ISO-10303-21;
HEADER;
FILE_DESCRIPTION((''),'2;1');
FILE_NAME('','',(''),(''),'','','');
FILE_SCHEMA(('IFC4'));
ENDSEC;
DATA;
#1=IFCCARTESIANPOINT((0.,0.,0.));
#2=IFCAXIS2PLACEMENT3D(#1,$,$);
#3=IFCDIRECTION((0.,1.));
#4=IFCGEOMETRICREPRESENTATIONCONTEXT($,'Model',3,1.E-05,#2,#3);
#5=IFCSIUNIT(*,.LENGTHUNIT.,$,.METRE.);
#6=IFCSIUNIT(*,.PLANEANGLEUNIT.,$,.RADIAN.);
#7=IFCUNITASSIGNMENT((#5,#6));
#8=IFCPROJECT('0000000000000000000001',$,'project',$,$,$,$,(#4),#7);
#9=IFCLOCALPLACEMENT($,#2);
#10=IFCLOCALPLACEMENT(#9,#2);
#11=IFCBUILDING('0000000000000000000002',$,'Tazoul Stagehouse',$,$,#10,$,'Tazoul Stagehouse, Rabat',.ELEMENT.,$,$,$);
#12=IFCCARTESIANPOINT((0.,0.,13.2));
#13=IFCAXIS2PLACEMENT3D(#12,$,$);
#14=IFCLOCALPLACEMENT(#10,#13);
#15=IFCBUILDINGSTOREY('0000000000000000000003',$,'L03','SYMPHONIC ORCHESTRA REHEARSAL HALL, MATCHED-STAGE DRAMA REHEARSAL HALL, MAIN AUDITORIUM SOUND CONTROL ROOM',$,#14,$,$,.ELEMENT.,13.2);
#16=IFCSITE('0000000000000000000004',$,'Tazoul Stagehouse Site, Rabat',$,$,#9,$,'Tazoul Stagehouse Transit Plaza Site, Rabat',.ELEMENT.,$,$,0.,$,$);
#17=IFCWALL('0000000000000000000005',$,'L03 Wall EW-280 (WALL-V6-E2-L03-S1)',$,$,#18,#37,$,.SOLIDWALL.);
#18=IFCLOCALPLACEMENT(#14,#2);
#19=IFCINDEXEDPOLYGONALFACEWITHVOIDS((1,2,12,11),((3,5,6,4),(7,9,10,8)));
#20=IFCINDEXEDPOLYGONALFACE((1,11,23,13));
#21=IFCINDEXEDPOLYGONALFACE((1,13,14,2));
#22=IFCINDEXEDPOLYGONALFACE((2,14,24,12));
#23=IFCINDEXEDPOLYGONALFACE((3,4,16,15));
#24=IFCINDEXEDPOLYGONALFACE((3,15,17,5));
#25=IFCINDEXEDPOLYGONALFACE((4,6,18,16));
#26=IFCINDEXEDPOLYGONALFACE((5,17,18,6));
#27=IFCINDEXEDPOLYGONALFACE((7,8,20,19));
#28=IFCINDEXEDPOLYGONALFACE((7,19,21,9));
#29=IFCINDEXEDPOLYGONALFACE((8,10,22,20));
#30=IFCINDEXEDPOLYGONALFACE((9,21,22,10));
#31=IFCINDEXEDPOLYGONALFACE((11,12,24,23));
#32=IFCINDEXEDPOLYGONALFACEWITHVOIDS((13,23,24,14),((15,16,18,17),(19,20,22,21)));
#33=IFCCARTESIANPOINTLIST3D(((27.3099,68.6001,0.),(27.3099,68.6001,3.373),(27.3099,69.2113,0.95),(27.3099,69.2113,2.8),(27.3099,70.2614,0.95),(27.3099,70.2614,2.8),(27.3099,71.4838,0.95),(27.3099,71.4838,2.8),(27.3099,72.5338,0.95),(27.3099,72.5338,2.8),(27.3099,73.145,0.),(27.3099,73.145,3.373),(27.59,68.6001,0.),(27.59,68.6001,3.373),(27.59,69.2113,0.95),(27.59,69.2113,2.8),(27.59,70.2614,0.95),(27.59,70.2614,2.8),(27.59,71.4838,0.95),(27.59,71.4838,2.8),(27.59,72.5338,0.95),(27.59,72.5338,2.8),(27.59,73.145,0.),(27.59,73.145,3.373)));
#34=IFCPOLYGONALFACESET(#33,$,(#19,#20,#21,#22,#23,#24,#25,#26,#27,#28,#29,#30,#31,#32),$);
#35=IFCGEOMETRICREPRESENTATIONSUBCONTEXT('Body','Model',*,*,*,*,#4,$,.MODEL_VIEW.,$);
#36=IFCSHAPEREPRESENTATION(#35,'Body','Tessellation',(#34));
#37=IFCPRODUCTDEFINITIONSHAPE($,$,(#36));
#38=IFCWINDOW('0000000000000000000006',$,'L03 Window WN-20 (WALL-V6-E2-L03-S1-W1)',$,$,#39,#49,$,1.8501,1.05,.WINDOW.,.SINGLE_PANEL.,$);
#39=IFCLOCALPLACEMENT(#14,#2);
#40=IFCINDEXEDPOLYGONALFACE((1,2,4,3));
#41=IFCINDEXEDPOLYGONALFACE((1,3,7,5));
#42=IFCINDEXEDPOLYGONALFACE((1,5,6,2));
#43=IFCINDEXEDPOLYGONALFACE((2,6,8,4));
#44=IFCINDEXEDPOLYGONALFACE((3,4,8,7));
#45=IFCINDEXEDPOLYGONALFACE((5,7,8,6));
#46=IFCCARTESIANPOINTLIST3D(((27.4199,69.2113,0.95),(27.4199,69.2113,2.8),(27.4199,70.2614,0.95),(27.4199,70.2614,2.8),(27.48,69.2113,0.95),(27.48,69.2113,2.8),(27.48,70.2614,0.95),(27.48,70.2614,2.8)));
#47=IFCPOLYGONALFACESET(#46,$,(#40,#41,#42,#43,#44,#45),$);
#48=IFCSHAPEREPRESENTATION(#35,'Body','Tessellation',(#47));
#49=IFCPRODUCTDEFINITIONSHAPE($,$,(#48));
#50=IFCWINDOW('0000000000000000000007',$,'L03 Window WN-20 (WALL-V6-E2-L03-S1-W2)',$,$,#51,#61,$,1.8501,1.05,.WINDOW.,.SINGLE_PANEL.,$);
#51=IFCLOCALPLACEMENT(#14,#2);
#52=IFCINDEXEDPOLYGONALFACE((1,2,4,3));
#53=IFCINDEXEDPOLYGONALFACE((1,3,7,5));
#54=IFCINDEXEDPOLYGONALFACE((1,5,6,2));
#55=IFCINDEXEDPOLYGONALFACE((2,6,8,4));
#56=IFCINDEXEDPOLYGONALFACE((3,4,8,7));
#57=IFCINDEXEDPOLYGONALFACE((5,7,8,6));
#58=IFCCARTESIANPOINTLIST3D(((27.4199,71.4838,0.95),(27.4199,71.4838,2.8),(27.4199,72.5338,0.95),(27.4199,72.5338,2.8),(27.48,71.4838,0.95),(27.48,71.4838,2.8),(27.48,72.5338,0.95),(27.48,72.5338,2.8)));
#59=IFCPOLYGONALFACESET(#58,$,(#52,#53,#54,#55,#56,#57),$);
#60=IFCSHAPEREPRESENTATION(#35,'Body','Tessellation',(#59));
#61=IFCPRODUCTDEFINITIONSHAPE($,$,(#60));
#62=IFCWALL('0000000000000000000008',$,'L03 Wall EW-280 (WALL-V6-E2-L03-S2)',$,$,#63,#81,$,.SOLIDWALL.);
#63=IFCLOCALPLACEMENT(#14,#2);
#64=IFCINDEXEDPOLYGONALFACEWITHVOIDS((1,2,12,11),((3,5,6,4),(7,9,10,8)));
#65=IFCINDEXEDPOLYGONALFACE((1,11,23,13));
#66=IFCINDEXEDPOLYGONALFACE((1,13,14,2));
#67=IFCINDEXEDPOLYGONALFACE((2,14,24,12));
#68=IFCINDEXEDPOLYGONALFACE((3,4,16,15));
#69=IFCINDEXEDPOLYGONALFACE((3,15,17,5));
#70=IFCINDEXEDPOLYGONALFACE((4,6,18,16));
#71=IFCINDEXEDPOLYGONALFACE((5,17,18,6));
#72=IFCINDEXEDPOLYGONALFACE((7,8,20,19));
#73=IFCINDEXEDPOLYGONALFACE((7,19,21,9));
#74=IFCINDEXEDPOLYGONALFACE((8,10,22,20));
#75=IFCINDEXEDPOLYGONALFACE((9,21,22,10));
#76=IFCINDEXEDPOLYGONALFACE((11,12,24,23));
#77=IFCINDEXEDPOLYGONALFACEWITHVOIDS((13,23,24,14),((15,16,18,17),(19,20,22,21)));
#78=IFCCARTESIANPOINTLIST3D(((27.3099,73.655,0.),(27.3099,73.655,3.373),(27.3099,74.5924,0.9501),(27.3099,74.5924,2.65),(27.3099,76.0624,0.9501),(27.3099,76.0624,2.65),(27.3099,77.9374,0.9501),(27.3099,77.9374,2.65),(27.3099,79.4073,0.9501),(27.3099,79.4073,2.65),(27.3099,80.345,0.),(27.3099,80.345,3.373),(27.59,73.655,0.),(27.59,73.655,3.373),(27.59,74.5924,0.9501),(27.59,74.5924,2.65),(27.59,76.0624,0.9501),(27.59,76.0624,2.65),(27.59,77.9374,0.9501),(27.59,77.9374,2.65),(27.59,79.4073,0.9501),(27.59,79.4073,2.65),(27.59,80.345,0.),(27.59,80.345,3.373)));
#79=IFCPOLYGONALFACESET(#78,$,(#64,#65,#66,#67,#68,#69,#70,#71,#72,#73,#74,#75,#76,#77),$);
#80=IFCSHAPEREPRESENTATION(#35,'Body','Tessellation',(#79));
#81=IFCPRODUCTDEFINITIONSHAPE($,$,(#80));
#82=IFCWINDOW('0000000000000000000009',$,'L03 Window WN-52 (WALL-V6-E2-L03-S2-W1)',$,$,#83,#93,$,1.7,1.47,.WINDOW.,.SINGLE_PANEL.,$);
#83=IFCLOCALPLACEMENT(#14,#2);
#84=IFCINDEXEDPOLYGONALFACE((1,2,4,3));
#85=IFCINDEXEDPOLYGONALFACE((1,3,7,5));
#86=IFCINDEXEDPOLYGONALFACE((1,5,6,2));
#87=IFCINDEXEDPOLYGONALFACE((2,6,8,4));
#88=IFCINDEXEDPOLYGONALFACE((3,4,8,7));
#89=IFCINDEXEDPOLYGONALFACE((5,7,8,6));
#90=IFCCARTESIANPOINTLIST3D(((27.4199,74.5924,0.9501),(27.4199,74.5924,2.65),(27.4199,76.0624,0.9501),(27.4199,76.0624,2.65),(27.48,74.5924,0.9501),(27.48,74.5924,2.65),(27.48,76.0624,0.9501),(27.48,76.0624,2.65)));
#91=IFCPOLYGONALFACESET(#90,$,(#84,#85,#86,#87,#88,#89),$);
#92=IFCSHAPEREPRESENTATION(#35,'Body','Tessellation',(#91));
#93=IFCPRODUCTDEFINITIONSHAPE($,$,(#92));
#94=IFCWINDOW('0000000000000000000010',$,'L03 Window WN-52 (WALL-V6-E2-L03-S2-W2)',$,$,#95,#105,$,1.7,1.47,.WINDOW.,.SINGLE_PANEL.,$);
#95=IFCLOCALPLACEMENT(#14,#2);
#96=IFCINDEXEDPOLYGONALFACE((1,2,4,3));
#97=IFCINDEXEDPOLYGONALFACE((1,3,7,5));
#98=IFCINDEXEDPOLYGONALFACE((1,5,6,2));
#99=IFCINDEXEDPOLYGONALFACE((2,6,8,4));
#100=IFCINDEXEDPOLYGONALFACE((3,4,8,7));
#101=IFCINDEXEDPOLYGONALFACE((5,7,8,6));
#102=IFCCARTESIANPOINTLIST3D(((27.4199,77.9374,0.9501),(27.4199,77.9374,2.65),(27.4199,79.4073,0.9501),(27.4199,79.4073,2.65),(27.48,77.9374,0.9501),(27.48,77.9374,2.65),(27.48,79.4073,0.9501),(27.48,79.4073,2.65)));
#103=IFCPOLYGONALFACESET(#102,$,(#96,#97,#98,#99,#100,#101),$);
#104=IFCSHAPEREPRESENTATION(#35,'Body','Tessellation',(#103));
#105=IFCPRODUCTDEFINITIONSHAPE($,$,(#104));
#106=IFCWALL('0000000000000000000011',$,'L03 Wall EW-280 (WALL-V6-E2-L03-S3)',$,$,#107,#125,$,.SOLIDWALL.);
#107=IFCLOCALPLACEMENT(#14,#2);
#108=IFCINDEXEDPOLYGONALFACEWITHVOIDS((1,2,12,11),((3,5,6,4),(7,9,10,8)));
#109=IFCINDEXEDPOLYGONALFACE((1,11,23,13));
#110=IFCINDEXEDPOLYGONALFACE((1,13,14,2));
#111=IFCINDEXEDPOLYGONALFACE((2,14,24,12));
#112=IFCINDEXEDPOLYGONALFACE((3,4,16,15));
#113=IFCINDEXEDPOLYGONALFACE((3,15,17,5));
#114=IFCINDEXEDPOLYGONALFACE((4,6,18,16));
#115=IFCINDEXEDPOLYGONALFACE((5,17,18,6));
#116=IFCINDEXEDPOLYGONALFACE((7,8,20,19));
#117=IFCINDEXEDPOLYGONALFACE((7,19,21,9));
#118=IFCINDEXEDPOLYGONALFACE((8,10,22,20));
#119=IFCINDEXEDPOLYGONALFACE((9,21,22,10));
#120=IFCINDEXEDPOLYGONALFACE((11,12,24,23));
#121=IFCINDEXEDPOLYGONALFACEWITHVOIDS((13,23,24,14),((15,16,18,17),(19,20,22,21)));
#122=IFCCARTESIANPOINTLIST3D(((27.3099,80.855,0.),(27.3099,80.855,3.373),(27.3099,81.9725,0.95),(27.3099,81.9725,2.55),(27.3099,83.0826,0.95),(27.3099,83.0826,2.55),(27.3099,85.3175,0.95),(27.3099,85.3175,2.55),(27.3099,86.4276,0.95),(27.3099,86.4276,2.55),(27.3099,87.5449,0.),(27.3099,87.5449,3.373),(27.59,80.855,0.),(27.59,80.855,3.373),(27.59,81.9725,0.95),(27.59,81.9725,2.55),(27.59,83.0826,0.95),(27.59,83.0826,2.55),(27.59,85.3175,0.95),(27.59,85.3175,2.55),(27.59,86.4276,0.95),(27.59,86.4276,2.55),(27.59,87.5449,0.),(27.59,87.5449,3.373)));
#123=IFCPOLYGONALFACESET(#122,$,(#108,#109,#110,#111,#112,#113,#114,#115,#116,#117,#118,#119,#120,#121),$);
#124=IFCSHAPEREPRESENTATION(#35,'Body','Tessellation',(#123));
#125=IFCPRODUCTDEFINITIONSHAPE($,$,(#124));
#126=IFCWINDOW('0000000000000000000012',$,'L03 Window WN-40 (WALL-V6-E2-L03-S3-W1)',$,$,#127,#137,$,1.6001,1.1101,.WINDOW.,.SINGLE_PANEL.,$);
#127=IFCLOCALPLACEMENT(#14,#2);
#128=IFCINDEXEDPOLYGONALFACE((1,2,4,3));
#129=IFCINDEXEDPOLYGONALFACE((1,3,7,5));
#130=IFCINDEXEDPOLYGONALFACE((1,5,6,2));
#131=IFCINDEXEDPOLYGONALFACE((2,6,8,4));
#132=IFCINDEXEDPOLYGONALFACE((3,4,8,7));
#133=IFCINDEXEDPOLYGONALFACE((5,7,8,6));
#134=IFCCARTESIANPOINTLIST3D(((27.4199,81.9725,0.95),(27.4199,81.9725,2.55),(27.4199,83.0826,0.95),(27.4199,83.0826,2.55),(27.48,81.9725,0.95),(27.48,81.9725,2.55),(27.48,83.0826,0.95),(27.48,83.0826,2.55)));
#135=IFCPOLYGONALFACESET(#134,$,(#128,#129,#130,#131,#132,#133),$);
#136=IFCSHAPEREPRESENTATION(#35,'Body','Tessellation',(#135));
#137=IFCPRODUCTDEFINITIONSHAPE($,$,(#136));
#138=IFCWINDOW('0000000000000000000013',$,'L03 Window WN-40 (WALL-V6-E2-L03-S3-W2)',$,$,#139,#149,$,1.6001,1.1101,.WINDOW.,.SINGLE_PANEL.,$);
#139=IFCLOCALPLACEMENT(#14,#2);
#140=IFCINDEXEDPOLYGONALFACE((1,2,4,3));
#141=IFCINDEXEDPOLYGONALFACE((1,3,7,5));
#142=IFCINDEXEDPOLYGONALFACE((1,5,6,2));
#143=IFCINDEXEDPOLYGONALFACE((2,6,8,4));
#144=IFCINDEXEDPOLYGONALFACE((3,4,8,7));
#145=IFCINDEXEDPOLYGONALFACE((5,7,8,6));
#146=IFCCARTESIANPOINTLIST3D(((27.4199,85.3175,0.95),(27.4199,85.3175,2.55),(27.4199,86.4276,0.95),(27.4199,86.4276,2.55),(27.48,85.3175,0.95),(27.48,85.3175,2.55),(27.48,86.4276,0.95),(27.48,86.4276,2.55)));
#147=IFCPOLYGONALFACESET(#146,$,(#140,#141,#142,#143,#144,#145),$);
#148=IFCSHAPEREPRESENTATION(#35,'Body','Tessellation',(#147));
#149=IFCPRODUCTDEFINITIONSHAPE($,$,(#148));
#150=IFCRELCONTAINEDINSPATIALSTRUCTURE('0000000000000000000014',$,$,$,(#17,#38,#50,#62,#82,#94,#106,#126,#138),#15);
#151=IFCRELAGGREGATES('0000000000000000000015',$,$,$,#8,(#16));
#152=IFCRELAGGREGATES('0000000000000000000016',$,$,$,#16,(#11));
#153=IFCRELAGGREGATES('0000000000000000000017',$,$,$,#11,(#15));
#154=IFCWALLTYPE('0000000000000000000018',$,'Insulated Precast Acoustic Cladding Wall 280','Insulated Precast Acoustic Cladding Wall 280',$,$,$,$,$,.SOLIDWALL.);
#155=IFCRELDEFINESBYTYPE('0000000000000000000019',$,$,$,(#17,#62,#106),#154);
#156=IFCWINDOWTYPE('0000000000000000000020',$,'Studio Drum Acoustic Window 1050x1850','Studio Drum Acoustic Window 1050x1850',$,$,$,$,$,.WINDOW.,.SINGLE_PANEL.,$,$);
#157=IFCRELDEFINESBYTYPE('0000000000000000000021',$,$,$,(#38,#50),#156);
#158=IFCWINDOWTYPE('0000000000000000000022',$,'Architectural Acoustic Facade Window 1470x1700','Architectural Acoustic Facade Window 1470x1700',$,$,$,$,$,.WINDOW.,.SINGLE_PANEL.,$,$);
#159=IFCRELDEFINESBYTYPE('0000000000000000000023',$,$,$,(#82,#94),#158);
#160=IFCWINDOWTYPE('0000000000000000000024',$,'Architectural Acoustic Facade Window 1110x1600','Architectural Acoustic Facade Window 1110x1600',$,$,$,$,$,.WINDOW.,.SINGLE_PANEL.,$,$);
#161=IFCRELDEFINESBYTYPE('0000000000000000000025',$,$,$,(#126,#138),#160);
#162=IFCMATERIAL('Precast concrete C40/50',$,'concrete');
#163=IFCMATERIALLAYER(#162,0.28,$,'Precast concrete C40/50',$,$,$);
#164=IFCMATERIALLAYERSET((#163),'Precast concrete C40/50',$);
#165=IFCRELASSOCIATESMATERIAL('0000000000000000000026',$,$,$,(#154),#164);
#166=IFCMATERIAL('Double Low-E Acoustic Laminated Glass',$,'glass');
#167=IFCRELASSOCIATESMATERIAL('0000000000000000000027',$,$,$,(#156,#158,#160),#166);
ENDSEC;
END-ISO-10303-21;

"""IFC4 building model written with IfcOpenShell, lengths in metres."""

from ifc_helpers import new_model, si_unit, direction, frame, frame_2d, origin, place, context, subcontext, project, spatial, rectangle, extrude, material, layer, layer_set, type_object, element, fill, save


model = new_model("IFC4")

# Units and contexts
model_context = context("Model", 3, precision=1e-05, world=origin(), true_north=direction((0.0, 1.0)))
body_context = subcontext(model_context, "Body", "Model", "MODEL_VIEW")
ifc_project = project(units=[si_unit("LENGTHUNIT", "METRE"), si_unit("PLANEANGLEUNIT", "RADIAN")], contexts=[model_context])

# Site, building, storey
site_placement = place(None, origin())
site = spatial("IfcSite", under=ifc_project, at=site_placement, Name="Tazoul Stagehouse Site, Rabat", LongName="Tazoul Stagehouse Transit Plaza Site, Rabat", CompositionType="ELEMENT", RefElevation=0.0)
building_placement = place(site_placement, origin())
building = spatial("IfcBuilding", under=site, at=building_placement, Name="Tazoul Stagehouse", LongName="Tazoul Stagehouse, Rabat", CompositionType="ELEMENT")
storey_placement = place(building_placement, frame((0.0, 0.0, 13.2)))
storey = spatial("IfcBuildingStorey", under=building, at=storey_placement, Name="L03", Description="SYMPHONIC ORCHESTRA REHEARSAL HALL, MATCHED-STAGE DRAMA REHEARSAL HALL, MAIN AUDITORIUM SOUND CONTROL ROOM", CompositionType="ELEMENT", Elevation=13.2)

# Walls, openings, windows
ifc_material_1 = material(Name="Precast concrete C40/50", Category="concrete")
ifc_layer_1 = layer(ifc_material_1, 0.28, Name="Precast concrete C40/50")
ifc_layer_set_1 = layer_set([ifc_layer_1], Name="Precast concrete C40/50")
wall_type = type_object("IfcWallType", Name="Insulated Precast Acoustic Cladding Wall 280", Description="Insulated Precast Acoustic Cladding Wall 280", PredefinedType="SOLIDWALL", material=ifc_layer_set_1)
wall_1_placement = place(storey_placement, frame((27.45, 68.6001, 0.0), z_axis=(0.0, 0.0, 1.0), x_axis=(0.0, 1.0, 0.0)))
wall_1 = element("IfcWall", 1, at=wall_1_placement, inside=storey, type_object=wall_type, Name="L03 Wall EW-280 (WALL-V6-E2-L03-S1)", PredefinedType="SOLIDWALL", context=body_context, shape_type="SweptSolid", body=[
    extrude(rectangle(XDim=4.5449, YDim=0.28, at=frame_2d((2.2725, 0.0))), origin(), (0.0, 0.0, 1.0), 3.373),
])
opening_1_placement = place(wall_1_placement, frame((0.6113, 0.0, 0.95)))
opening_1 = element("IfcOpeningElement", 2, at=opening_1_placement, cuts=wall_1, PredefinedType="OPENING", context=body_context, shape_type="SweptSolid", body=[
    extrude(rectangle(XDim=1.05, YDim=1.8501, at=frame_2d((0.5249, 0.925))), frame((0.0, 0.1599, 0.0), z_axis=(0.0, -1.0, 0.0), x_axis=(1.0, 0.0, 0.0)), (0.0, 0.0, 1.0), 0.3201),
])
opening_2_placement = place(wall_1_placement, frame((2.8838, 0.0, 0.95)))
opening_2 = element("IfcOpeningElement", 3, at=opening_2_placement, cuts=wall_1, PredefinedType="OPENING", context=body_context, shape_type="SweptSolid", body=[
    extrude(rectangle(XDim=1.05, YDim=1.8501, at=frame_2d((0.5249, 0.925))), frame((0.0, 0.1599, 0.0), z_axis=(0.0, -1.0, 0.0), x_axis=(1.0, 0.0, 0.0)), (0.0, 0.0, 1.0), 0.3201),
])
ifc_material_2 = material(Name="Double Low-E Acoustic Laminated Glass", Category="glass")
window_type_1 = type_object("IfcWindowType", Name="Studio Drum Acoustic Window 1050x1850", Description="Studio Drum Acoustic Window 1050x1850", PartitioningType="SINGLE_PANEL", PredefinedType="WINDOW", material=ifc_material_2)
window_1_placement = place(opening_1_placement, origin())
window_1 = element("IfcWindow", 4, at=window_1_placement, inside=storey, type_object=window_type_1, Name="L03 Window WN-20 (WALL-V6-E2-L03-S1-W1)", OverallHeight=1.8501, OverallWidth=1.05, PartitioningType="SINGLE_PANEL", PredefinedType="WINDOW", context=body_context, shape_type="SweptSolid", body=[
    extrude(rectangle(XDim=1.05, YDim=1.8501, at=frame_2d((0.5249, 0.925))), frame((0.0, 0.03, 0.0), z_axis=(0.0, -1.0, 0.0), x_axis=(1.0, 0.0, 0.0)), (0.0, 0.0, 1.0), 0.0601),
])
fill(opening_1, window_1)
window_2_placement = place(opening_2_placement, origin())
window_2 = element("IfcWindow", 5, at=window_2_placement, inside=storey, type_object=window_type_1, Name="L03 Window WN-20 (WALL-V6-E2-L03-S1-W2)", OverallHeight=1.8501, OverallWidth=1.05, PartitioningType="SINGLE_PANEL", PredefinedType="WINDOW", context=body_context, shape_type="SweptSolid", body=[
    extrude(rectangle(XDim=1.05, YDim=1.8501, at=frame_2d((0.5249, 0.925))), frame((0.0, 0.03, 0.0), z_axis=(0.0, -1.0, 0.0), x_axis=(1.0, 0.0, 0.0)), (0.0, 0.0, 1.0), 0.0601),
])
fill(opening_2, window_2)
wall_2_placement = place(storey_placement, frame((27.45, 73.655, 0.0), z_axis=(0.0, 0.0, 1.0), x_axis=(0.0, 1.0, 0.0)))
wall_2 = element("IfcWall", 6, at=wall_2_placement, inside=storey, type_object=wall_type, Name="L03 Wall EW-280 (WALL-V6-E2-L03-S2)", PredefinedType="SOLIDWALL", context=body_context, shape_type="SweptSolid", body=[
    extrude(rectangle(XDim=6.6899, YDim=0.28, at=frame_2d((3.345, 0.0))), origin(), (0.0, 0.0, 1.0), 3.373),
])
opening_3_placement = place(wall_2_placement, frame((0.9375, 0.0, 0.95)))
opening_3 = element("IfcOpeningElement", 7, at=opening_3_placement, cuts=wall_2, PredefinedType="OPENING", context=body_context, shape_type="SweptSolid", body=[
    extrude(rectangle(XDim=1.47, YDim=1.7, at=frame_2d((0.7349, 0.8501))), frame((0.0, 0.1599, 0.0), z_axis=(0.0, -1.0, 0.0), x_axis=(1.0, 0.0, 0.0)), (0.0, 0.0, 1.0), 0.3201),
])
opening_4_placement = place(wall_2_placement, frame((4.2825, 0.0, 0.95)))
opening_4 = element("IfcOpeningElement", 8, at=opening_4_placement, cuts=wall_2, PredefinedType="OPENING", context=body_context, shape_type="SweptSolid", body=[
    extrude(rectangle(XDim=1.47, YDim=1.7, at=frame_2d((0.7349, 0.8501))), frame((0.0, 0.1599, 0.0), z_axis=(0.0, -1.0, 0.0), x_axis=(1.0, 0.0, 0.0)), (0.0, 0.0, 1.0), 0.3201),
])
window_type_2 = type_object("IfcWindowType", Name="Architectural Acoustic Facade Window 1470x1700", Description="Architectural Acoustic Facade Window 1470x1700", PartitioningType="SINGLE_PANEL", PredefinedType="WINDOW", material=ifc_material_2)
window_3_placement = place(opening_3_placement, origin())
window_3 = element("IfcWindow", 9, at=window_3_placement, inside=storey, type_object=window_type_2, Name="L03 Window WN-52 (WALL-V6-E2-L03-S2-W1)", OverallHeight=1.7, OverallWidth=1.47, PartitioningType="SINGLE_PANEL", PredefinedType="WINDOW", context=body_context, shape_type="SweptSolid", body=[
    extrude(rectangle(XDim=1.47, YDim=1.7, at=frame_2d((0.7349, 0.8501))), frame((0.0, 0.03, 0.0), z_axis=(0.0, -1.0, 0.0), x_axis=(1.0, 0.0, 0.0)), (0.0, 0.0, 1.0), 0.0601),
])
fill(opening_3, window_3)
window_4_placement = place(opening_4_placement, origin())
window_4 = element("IfcWindow", 10, at=window_4_placement, inside=storey, type_object=window_type_2, Name="L03 Window WN-52 (WALL-V6-E2-L03-S2-W2)", OverallHeight=1.7, OverallWidth=1.47, PartitioningType="SINGLE_PANEL", PredefinedType="WINDOW", context=body_context, shape_type="SweptSolid", body=[
    extrude(rectangle(XDim=1.47, YDim=1.7, at=frame_2d((0.7349, 0.8501))), frame((0.0, 0.03, 0.0), z_axis=(0.0, -1.0, 0.0), x_axis=(1.0, 0.0, 0.0)), (0.0, 0.0, 1.0), 0.0601),
])
fill(opening_4, window_4)
wall_3_placement = place(storey_placement, frame((27.45, 80.855, 0.0), z_axis=(0.0, 0.0, 1.0), x_axis=(0.0, 1.0, 0.0)))
wall_3 = element("IfcWall", 11, at=wall_3_placement, inside=storey, type_object=wall_type, Name="L03 Wall EW-280 (WALL-V6-E2-L03-S3)", PredefinedType="SOLIDWALL", context=body_context, shape_type="SweptSolid", body=[
    extrude(rectangle(XDim=6.6899, YDim=0.28, at=frame_2d((3.345, 0.0))), origin(), (0.0, 0.0, 1.0), 3.373),
])
opening_5_placement = place(wall_3_placement, frame((1.1174, 0.0, 0.95)))
opening_5 = element("IfcOpeningElement", 12, at=opening_5_placement, cuts=wall_3, PredefinedType="OPENING", context=body_context, shape_type="SweptSolid", body=[
    extrude(rectangle(XDim=1.1101, YDim=1.6001, at=frame_2d((0.5552, 0.8))), frame((0.0, 0.1599, 0.0), z_axis=(0.0, -1.0, 0.0), x_axis=(1.0, 0.0, 0.0)), (0.0, 0.0, 1.0), 0.3201),
])
opening_6_placement = place(wall_3_placement, frame((4.4624, 0.0, 0.95)))
opening_6 = element("IfcOpeningElement", 13, at=opening_6_placement, cuts=wall_3, PredefinedType="OPENING", context=body_context, shape_type="SweptSolid", body=[
    extrude(rectangle(XDim=1.1101, YDim=1.6001, at=frame_2d((0.5552, 0.8))), frame((0.0, 0.1599, 0.0), z_axis=(0.0, -1.0, 0.0), x_axis=(1.0, 0.0, 0.0)), (0.0, 0.0, 1.0), 0.3201),
])
window_type_3 = type_object("IfcWindowType", Name="Architectural Acoustic Facade Window 1110x1600", Description="Architectural Acoustic Facade Window 1110x1600", PartitioningType="SINGLE_PANEL", PredefinedType="WINDOW", material=ifc_material_2)
window_5_placement = place(opening_5_placement, origin())
window_5 = element("IfcWindow", 14, at=window_5_placement, inside=storey, type_object=window_type_3, Name="L03 Window WN-40 (WALL-V6-E2-L03-S3-W1)", OverallHeight=1.6001, OverallWidth=1.1101, PartitioningType="SINGLE_PANEL", PredefinedType="WINDOW", context=body_context, shape_type="SweptSolid", body=[
    extrude(rectangle(XDim=1.1101, YDim=1.6001, at=frame_2d((0.5552, 0.8))), frame((0.0, 0.03, 0.0), z_axis=(0.0, -1.0, 0.0), x_axis=(1.0, 0.0, 0.0)), (0.0, 0.0, 1.0), 0.0601),
])
fill(opening_5, window_5)
window_6_placement = place(opening_6_placement, origin())
window_6 = element("IfcWindow", 15, at=window_6_placement, inside=storey, type_object=window_type_3, Name="L03 Window WN-40 (WALL-V6-E2-L03-S3-W2)", OverallHeight=1.6001, OverallWidth=1.1101, PartitioningType="SINGLE_PANEL", PredefinedType="WINDOW", context=body_context, shape_type="SweptSolid", body=[
    extrude(rectangle(XDim=1.1101, YDim=1.6001, at=frame_2d((0.5552, 0.8))), frame((0.0, 0.03, 0.0), z_axis=(0.0, -1.0, 0.0), x_axis=(1.0, 0.0, 0.0)), (0.0, 0.0, 1.0), 0.0601),
])
fill(opening_6, window_6)

save(model, "model.ifc")
